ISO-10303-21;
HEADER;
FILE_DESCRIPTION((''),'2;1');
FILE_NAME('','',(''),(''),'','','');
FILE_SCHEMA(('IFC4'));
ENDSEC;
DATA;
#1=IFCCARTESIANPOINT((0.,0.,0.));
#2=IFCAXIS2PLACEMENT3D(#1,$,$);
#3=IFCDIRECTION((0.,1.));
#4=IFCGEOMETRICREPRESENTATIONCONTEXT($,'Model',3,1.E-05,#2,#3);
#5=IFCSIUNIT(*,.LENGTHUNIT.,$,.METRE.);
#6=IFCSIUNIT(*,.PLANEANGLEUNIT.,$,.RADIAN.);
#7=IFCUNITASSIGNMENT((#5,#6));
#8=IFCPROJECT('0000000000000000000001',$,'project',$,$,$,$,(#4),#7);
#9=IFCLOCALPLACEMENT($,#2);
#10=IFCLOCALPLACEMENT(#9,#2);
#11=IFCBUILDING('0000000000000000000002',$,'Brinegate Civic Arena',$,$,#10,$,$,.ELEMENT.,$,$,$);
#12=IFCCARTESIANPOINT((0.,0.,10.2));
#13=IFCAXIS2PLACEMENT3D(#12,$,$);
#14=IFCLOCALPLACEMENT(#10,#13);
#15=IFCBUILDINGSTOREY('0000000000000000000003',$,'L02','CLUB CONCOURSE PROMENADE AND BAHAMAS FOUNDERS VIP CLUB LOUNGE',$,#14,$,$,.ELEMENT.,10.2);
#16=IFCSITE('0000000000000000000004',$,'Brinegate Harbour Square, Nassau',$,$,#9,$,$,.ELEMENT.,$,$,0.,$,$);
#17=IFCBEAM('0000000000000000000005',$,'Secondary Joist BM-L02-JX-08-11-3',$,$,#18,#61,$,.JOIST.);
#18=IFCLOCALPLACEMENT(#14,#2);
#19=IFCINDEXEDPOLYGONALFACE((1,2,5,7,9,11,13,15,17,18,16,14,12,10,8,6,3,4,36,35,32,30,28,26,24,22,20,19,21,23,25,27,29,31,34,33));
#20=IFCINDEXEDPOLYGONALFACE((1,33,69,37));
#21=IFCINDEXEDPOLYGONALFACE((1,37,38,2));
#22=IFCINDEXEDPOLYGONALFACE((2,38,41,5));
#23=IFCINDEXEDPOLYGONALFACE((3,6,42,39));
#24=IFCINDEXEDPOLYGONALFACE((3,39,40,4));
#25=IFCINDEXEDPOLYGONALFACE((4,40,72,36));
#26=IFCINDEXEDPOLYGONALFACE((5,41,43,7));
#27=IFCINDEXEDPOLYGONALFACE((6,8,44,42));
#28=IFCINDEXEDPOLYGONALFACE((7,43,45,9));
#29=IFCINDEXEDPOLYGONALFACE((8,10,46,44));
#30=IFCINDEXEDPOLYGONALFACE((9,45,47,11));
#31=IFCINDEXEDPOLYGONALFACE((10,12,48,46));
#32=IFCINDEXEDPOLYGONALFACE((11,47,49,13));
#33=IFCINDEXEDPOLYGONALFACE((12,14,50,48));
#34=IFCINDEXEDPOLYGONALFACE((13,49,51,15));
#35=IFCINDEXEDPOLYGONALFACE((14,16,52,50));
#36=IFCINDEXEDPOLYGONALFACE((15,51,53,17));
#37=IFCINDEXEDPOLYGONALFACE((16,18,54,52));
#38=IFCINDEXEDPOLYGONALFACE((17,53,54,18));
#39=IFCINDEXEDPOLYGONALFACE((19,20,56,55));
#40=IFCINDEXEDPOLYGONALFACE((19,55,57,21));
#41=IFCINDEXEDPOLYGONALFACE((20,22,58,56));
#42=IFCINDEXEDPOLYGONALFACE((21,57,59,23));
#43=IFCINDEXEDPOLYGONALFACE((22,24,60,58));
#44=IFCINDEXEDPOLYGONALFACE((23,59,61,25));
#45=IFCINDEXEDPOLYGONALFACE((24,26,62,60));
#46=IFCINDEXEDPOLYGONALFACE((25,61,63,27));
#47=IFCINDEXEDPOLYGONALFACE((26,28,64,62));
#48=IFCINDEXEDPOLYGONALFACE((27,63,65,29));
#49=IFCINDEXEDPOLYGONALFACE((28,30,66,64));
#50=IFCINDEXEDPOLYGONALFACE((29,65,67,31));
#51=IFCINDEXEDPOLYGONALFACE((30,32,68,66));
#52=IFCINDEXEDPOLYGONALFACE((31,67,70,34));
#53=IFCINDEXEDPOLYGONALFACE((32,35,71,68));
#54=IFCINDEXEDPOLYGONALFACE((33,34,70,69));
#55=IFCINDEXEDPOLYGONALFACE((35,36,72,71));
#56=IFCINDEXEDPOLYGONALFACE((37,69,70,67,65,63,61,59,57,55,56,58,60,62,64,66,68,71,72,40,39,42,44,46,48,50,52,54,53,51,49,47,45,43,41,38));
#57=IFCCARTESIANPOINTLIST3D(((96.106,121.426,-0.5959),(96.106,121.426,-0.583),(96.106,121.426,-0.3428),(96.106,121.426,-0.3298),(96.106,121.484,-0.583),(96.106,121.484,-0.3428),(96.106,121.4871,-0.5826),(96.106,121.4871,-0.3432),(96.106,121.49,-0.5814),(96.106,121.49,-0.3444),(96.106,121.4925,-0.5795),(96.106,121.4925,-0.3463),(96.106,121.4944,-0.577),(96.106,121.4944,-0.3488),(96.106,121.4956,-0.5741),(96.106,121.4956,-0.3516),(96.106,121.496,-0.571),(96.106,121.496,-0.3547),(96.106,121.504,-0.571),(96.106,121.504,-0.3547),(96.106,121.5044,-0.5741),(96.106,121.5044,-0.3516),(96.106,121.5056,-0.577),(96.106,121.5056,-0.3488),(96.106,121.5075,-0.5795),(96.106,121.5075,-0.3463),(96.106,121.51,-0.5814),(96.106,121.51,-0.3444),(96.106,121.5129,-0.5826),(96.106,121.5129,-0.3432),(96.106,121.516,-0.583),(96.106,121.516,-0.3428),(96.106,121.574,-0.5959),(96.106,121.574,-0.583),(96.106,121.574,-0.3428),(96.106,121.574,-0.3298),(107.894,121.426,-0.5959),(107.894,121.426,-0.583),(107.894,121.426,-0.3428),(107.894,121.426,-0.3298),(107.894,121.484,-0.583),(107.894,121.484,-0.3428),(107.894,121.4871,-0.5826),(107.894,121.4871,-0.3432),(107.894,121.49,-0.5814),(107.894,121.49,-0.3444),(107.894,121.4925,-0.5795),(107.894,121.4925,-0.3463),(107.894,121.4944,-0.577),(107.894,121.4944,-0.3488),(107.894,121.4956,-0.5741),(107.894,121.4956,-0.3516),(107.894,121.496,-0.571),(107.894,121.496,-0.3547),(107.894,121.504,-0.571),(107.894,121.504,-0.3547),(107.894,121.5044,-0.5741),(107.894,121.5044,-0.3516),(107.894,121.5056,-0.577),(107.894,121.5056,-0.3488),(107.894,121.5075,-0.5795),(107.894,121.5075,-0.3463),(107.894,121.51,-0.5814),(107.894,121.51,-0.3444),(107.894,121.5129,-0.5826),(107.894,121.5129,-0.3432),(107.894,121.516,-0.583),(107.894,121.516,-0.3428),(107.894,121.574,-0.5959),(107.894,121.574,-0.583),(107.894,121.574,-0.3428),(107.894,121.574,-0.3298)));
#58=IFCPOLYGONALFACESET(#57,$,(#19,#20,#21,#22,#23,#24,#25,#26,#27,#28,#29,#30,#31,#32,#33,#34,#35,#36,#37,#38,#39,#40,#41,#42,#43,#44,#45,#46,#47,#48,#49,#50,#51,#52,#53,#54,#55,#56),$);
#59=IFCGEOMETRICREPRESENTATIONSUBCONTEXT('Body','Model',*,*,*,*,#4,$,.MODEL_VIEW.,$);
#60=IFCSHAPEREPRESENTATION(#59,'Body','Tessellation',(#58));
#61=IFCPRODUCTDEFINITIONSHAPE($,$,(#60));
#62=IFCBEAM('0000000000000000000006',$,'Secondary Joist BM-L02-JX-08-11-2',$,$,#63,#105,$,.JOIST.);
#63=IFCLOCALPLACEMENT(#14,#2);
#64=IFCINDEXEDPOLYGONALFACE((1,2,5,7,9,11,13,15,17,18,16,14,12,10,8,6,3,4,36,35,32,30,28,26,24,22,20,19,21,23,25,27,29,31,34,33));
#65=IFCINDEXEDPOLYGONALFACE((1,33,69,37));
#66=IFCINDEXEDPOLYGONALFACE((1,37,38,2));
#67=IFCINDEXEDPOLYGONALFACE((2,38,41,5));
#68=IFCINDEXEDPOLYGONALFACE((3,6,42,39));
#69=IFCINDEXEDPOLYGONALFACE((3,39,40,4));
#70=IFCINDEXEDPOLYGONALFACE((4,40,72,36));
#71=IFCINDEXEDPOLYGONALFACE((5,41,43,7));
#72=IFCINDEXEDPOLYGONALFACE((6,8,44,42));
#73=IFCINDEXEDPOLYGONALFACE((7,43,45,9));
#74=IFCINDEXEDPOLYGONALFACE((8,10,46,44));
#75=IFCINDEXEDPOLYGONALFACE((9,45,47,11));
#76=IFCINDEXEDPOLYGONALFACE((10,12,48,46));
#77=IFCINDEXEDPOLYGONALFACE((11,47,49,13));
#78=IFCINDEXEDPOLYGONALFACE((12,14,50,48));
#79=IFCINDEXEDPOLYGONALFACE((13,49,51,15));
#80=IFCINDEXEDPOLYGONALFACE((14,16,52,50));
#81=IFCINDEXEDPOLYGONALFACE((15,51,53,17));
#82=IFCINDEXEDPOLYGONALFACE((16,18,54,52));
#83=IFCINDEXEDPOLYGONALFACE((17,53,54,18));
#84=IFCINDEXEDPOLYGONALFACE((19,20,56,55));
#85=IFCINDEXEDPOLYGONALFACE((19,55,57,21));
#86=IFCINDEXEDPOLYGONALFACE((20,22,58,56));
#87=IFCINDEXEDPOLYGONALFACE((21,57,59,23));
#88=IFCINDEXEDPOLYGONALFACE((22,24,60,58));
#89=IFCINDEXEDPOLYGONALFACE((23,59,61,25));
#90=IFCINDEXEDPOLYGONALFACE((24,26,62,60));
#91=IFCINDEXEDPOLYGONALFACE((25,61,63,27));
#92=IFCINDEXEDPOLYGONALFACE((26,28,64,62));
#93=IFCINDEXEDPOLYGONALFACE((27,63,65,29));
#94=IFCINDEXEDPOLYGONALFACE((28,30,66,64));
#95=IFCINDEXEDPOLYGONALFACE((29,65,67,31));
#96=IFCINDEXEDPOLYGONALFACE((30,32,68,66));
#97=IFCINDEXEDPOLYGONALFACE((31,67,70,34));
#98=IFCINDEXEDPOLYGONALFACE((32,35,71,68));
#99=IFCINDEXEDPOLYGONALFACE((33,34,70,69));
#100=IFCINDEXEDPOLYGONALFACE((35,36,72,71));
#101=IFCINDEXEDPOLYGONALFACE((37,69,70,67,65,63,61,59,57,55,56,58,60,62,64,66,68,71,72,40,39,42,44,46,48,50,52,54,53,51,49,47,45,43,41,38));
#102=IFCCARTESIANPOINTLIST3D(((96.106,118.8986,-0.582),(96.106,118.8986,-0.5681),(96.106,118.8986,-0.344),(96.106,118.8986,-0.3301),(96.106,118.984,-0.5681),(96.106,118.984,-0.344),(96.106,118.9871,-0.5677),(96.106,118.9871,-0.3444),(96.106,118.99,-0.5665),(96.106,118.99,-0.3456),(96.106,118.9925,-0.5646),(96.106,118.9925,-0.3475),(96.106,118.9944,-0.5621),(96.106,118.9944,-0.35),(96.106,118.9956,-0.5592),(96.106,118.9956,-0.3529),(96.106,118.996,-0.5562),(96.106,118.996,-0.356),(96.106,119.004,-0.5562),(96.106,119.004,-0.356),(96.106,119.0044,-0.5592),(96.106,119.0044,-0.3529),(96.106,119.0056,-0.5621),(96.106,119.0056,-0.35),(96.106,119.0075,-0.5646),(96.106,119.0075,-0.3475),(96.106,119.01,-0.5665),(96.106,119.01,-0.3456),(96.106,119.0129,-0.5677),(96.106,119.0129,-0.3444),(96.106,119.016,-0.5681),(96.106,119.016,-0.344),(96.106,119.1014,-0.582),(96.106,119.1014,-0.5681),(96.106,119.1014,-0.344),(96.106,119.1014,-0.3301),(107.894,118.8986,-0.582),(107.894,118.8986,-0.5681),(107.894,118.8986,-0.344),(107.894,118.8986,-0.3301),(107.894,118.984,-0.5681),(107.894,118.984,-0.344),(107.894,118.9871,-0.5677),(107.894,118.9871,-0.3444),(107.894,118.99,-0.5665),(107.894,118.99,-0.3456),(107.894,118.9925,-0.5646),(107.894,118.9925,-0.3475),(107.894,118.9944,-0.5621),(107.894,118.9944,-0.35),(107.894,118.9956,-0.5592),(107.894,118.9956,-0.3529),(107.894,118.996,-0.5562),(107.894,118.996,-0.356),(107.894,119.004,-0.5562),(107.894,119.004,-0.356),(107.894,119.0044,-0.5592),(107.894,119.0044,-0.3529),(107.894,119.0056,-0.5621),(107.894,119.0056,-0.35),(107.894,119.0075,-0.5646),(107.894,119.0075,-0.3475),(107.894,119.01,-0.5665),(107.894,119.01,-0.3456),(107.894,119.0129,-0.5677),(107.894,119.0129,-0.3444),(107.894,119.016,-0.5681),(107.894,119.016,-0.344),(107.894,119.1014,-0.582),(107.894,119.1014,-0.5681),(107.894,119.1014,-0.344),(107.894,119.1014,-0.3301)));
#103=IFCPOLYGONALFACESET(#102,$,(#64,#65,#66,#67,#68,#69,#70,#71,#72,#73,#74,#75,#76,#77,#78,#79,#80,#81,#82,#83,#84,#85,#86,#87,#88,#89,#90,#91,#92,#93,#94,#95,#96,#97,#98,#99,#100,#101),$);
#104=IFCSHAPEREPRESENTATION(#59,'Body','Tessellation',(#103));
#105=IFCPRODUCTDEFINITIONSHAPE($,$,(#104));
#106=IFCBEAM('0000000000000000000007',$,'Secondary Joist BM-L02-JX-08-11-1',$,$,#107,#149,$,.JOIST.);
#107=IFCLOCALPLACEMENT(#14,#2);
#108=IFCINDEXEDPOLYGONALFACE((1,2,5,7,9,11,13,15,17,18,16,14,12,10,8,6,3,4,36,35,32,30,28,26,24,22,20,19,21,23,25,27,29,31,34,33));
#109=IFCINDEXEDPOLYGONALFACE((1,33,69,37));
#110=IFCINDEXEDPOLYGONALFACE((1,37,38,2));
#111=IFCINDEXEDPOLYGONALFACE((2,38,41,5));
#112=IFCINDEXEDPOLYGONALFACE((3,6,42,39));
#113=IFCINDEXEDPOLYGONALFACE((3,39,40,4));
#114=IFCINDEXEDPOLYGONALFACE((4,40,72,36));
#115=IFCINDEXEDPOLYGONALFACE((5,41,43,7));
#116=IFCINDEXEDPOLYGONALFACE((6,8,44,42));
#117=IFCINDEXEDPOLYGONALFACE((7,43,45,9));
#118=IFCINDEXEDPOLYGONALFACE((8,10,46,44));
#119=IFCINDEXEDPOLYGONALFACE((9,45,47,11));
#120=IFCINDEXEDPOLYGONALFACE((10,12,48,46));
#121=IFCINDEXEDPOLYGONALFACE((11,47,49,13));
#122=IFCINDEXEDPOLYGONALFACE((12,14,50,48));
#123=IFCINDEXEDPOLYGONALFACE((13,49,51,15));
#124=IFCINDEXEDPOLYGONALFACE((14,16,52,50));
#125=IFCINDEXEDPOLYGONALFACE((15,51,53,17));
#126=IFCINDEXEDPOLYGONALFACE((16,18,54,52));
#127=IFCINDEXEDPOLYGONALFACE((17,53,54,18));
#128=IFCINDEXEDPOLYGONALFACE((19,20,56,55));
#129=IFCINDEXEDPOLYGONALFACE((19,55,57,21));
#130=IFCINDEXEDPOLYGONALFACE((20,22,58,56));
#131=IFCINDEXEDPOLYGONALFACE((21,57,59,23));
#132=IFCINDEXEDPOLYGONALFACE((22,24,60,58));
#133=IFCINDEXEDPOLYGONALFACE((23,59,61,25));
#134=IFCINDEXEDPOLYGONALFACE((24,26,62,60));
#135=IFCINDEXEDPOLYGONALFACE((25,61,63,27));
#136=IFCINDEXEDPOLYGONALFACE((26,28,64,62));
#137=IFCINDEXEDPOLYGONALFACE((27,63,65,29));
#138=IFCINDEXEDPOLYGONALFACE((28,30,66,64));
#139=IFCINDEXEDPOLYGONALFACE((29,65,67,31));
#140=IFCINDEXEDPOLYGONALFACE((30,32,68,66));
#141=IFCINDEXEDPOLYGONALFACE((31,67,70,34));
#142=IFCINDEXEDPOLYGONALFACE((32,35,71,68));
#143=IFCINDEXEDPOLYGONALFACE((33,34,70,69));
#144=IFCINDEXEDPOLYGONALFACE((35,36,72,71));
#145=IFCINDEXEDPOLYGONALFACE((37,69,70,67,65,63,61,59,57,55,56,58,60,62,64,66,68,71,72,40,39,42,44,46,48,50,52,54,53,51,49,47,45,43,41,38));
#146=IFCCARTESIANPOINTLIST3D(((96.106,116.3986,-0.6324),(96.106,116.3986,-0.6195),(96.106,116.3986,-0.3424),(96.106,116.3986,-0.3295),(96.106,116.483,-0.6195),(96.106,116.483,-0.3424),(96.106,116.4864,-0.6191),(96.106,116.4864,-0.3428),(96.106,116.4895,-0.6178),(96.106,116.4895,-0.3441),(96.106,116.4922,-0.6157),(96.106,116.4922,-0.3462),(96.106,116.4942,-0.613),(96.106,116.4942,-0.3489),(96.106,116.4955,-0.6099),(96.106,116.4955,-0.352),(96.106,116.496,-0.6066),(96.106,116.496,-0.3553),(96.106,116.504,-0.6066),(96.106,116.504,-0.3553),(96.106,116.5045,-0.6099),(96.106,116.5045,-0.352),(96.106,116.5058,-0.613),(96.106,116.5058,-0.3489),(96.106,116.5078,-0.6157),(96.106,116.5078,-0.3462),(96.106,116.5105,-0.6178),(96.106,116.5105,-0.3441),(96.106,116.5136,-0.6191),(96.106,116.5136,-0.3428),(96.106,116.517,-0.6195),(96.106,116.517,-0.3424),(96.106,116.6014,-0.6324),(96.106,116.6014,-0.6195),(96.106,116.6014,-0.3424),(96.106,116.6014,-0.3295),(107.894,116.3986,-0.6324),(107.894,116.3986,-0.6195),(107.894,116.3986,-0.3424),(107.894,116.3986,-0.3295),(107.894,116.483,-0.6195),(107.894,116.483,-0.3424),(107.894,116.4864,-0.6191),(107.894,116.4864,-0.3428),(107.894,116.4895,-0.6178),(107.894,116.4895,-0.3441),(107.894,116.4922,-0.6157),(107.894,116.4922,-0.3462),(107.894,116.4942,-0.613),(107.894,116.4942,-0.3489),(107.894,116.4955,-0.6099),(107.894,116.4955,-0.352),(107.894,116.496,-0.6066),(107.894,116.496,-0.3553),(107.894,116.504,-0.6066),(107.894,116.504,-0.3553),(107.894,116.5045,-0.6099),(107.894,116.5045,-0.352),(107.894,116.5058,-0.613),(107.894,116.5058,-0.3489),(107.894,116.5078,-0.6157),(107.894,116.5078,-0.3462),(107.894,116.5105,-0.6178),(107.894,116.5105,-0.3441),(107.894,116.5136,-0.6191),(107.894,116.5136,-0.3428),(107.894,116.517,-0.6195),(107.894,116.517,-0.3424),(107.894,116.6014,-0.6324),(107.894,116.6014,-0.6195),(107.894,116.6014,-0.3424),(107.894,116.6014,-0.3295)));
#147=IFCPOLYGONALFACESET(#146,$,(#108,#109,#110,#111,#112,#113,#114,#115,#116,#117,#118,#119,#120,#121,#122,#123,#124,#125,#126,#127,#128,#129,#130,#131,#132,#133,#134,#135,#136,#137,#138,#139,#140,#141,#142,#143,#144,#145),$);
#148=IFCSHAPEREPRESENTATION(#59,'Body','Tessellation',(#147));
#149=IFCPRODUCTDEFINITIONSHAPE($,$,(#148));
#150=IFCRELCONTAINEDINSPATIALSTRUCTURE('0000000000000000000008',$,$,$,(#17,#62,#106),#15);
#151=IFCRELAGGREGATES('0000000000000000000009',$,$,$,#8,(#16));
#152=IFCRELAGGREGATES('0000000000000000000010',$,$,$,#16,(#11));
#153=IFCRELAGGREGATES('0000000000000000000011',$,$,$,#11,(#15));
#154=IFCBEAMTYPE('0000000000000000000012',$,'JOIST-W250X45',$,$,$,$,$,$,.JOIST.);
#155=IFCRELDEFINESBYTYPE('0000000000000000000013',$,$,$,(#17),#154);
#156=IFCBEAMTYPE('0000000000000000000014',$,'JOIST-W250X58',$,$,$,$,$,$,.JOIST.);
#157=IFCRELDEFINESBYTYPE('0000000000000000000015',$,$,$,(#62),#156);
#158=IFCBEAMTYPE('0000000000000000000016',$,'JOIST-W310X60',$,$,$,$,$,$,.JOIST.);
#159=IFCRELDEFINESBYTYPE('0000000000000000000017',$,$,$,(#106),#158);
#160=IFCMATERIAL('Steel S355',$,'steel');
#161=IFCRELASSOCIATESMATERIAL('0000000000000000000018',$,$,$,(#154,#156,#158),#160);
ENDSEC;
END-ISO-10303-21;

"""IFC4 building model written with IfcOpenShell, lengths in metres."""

from ifc_helpers import new_model, si_unit, direction, frame, origin, origin_2d, place, context, subcontext, project, spatial, i_section, extrude, material, material_profile, profile_set, type_object, element, save


model = new_model("IFC4")

# Units and contexts
model_context = context("Model", 3, precision=1e-05, world=origin(), true_north=direction((0.0, 1.0)))
body_context = subcontext(model_context, "Body", "Model", "MODEL_VIEW")
ifc_project = project(units=[si_unit("LENGTHUNIT", "METRE"), si_unit("PLANEANGLEUNIT", "RADIAN")], contexts=[model_context])

# Site, building, storey
site_placement = place(None, origin())
site = spatial("IfcSite", under=ifc_project, at=site_placement, Name="Brinegate Harbour Square, Nassau", CompositionType="ELEMENT", RefElevation=0.0)
building_placement = place(site_placement, origin())
building = spatial("IfcBuilding", under=site, at=building_placement, Name="Brinegate Civic Arena", CompositionType="ELEMENT")
storey_placement = place(building_placement, frame((0.0, 0.0, 10.2)))
storey = spatial("IfcBuildingStorey", under=building, at=storey_placement, Name="L02", Description="CLUB CONCOURSE PROMENADE AND BAHAMAS FOUNDERS VIP CLUB LOUNGE", CompositionType="ELEMENT", Elevation=10.2)

# Beams
ifc_material_1 = material(Name="Steel S355", Category="steel")
ifc_material_profile_1 = material_profile(ifc_material_1, i_section(OverallWidth=0.1479, OverallDepth=0.2661, WebThickness=0.0081, FlangeThickness=0.0129, FilletRadius=0.012, at=origin_2d()), Name="W250X45")
ifc_profile_set_1 = profile_set([ifc_material_profile_1], Name="Steel S355")
beam_type_1 = type_object("IfcBeamType", Name="JOIST-W250X45", PredefinedType="JOIST", material=ifc_profile_set_1)
beam_1_placement = place(storey_placement, frame((96.106, 121.5, -0.4629), z_axis=(1.0, 0.0, 0.0), x_axis=(0.0, 1.0, 0.0)))
element("IfcBeam", 1, at=beam_1_placement, inside=storey, type_object=beam_type_1, Name="Secondary Joist BM-L02-JX-08-11-3", PredefinedType="JOIST", context=body_context, shape_type="SweptSolid", body=[
    extrude(i_section(OverallWidth=0.1479, OverallDepth=0.2661, WebThickness=0.0081, FlangeThickness=0.0129, FilletRadius=0.012, at=origin_2d()), origin(), (0.0, 0.0, 1.0), 11.7881),
])
ifc_material_profile_2 = material_profile(ifc_material_1, i_section(OverallWidth=0.2029, OverallDepth=0.252, WebThickness=0.0081, FlangeThickness=0.0139, FilletRadius=0.012, at=origin_2d()), Name="W250X58")
ifc_profile_set_2 = profile_set([ifc_material_profile_2], Name="Steel S355")
beam_type_2 = type_object("IfcBeamType", Name="JOIST-W250X58", PredefinedType="JOIST", material=ifc_profile_set_2)
beam_2_placement = place(storey_placement, frame((96.106, 119.0, -0.4561), z_axis=(1.0, 0.0, 0.0), x_axis=(0.0, 1.0, 0.0)))
element("IfcBeam", 2, at=beam_2_placement, inside=storey, type_object=beam_type_2, Name="Secondary Joist BM-L02-JX-08-11-2", PredefinedType="JOIST", context=body_context, shape_type="SweptSolid", body=[
    extrude(i_section(OverallWidth=0.2029, OverallDepth=0.252, WebThickness=0.0081, FlangeThickness=0.0139, FilletRadius=0.012, at=origin_2d()), origin(), (0.0, 0.0, 1.0), 11.7881),
])
ifc_material_profile_3 = material_profile(ifc_material_1, i_section(OverallWidth=0.2029, OverallDepth=0.303, WebThickness=0.0081, FlangeThickness=0.0129, FilletRadius=0.0129, at=origin_2d()), Name="W310X60")
ifc_profile_set_3 = profile_set([ifc_material_profile_3], Name="Steel S355")
beam_type_3 = type_object("IfcBeamType", Name="JOIST-W310X60", PredefinedType="JOIST", material=ifc_profile_set_3)
beam_3_placement = place(storey_placement, frame((96.106, 116.5, -0.481), z_axis=(1.0, 0.0, 0.0), x_axis=(0.0, 1.0, 0.0)))
element("IfcBeam", 3, at=beam_3_placement, inside=storey, type_object=beam_type_3, Name="Secondary Joist BM-L02-JX-08-11-1", PredefinedType="JOIST", context=body_context, shape_type="SweptSolid", body=[
    extrude(i_section(OverallWidth=0.2029, OverallDepth=0.303, WebThickness=0.0081, FlangeThickness=0.0129, FilletRadius=0.0129, at=origin_2d()), origin(), (0.0, 0.0, 1.0), 11.7881),
])

save(model, "model.ifc")
